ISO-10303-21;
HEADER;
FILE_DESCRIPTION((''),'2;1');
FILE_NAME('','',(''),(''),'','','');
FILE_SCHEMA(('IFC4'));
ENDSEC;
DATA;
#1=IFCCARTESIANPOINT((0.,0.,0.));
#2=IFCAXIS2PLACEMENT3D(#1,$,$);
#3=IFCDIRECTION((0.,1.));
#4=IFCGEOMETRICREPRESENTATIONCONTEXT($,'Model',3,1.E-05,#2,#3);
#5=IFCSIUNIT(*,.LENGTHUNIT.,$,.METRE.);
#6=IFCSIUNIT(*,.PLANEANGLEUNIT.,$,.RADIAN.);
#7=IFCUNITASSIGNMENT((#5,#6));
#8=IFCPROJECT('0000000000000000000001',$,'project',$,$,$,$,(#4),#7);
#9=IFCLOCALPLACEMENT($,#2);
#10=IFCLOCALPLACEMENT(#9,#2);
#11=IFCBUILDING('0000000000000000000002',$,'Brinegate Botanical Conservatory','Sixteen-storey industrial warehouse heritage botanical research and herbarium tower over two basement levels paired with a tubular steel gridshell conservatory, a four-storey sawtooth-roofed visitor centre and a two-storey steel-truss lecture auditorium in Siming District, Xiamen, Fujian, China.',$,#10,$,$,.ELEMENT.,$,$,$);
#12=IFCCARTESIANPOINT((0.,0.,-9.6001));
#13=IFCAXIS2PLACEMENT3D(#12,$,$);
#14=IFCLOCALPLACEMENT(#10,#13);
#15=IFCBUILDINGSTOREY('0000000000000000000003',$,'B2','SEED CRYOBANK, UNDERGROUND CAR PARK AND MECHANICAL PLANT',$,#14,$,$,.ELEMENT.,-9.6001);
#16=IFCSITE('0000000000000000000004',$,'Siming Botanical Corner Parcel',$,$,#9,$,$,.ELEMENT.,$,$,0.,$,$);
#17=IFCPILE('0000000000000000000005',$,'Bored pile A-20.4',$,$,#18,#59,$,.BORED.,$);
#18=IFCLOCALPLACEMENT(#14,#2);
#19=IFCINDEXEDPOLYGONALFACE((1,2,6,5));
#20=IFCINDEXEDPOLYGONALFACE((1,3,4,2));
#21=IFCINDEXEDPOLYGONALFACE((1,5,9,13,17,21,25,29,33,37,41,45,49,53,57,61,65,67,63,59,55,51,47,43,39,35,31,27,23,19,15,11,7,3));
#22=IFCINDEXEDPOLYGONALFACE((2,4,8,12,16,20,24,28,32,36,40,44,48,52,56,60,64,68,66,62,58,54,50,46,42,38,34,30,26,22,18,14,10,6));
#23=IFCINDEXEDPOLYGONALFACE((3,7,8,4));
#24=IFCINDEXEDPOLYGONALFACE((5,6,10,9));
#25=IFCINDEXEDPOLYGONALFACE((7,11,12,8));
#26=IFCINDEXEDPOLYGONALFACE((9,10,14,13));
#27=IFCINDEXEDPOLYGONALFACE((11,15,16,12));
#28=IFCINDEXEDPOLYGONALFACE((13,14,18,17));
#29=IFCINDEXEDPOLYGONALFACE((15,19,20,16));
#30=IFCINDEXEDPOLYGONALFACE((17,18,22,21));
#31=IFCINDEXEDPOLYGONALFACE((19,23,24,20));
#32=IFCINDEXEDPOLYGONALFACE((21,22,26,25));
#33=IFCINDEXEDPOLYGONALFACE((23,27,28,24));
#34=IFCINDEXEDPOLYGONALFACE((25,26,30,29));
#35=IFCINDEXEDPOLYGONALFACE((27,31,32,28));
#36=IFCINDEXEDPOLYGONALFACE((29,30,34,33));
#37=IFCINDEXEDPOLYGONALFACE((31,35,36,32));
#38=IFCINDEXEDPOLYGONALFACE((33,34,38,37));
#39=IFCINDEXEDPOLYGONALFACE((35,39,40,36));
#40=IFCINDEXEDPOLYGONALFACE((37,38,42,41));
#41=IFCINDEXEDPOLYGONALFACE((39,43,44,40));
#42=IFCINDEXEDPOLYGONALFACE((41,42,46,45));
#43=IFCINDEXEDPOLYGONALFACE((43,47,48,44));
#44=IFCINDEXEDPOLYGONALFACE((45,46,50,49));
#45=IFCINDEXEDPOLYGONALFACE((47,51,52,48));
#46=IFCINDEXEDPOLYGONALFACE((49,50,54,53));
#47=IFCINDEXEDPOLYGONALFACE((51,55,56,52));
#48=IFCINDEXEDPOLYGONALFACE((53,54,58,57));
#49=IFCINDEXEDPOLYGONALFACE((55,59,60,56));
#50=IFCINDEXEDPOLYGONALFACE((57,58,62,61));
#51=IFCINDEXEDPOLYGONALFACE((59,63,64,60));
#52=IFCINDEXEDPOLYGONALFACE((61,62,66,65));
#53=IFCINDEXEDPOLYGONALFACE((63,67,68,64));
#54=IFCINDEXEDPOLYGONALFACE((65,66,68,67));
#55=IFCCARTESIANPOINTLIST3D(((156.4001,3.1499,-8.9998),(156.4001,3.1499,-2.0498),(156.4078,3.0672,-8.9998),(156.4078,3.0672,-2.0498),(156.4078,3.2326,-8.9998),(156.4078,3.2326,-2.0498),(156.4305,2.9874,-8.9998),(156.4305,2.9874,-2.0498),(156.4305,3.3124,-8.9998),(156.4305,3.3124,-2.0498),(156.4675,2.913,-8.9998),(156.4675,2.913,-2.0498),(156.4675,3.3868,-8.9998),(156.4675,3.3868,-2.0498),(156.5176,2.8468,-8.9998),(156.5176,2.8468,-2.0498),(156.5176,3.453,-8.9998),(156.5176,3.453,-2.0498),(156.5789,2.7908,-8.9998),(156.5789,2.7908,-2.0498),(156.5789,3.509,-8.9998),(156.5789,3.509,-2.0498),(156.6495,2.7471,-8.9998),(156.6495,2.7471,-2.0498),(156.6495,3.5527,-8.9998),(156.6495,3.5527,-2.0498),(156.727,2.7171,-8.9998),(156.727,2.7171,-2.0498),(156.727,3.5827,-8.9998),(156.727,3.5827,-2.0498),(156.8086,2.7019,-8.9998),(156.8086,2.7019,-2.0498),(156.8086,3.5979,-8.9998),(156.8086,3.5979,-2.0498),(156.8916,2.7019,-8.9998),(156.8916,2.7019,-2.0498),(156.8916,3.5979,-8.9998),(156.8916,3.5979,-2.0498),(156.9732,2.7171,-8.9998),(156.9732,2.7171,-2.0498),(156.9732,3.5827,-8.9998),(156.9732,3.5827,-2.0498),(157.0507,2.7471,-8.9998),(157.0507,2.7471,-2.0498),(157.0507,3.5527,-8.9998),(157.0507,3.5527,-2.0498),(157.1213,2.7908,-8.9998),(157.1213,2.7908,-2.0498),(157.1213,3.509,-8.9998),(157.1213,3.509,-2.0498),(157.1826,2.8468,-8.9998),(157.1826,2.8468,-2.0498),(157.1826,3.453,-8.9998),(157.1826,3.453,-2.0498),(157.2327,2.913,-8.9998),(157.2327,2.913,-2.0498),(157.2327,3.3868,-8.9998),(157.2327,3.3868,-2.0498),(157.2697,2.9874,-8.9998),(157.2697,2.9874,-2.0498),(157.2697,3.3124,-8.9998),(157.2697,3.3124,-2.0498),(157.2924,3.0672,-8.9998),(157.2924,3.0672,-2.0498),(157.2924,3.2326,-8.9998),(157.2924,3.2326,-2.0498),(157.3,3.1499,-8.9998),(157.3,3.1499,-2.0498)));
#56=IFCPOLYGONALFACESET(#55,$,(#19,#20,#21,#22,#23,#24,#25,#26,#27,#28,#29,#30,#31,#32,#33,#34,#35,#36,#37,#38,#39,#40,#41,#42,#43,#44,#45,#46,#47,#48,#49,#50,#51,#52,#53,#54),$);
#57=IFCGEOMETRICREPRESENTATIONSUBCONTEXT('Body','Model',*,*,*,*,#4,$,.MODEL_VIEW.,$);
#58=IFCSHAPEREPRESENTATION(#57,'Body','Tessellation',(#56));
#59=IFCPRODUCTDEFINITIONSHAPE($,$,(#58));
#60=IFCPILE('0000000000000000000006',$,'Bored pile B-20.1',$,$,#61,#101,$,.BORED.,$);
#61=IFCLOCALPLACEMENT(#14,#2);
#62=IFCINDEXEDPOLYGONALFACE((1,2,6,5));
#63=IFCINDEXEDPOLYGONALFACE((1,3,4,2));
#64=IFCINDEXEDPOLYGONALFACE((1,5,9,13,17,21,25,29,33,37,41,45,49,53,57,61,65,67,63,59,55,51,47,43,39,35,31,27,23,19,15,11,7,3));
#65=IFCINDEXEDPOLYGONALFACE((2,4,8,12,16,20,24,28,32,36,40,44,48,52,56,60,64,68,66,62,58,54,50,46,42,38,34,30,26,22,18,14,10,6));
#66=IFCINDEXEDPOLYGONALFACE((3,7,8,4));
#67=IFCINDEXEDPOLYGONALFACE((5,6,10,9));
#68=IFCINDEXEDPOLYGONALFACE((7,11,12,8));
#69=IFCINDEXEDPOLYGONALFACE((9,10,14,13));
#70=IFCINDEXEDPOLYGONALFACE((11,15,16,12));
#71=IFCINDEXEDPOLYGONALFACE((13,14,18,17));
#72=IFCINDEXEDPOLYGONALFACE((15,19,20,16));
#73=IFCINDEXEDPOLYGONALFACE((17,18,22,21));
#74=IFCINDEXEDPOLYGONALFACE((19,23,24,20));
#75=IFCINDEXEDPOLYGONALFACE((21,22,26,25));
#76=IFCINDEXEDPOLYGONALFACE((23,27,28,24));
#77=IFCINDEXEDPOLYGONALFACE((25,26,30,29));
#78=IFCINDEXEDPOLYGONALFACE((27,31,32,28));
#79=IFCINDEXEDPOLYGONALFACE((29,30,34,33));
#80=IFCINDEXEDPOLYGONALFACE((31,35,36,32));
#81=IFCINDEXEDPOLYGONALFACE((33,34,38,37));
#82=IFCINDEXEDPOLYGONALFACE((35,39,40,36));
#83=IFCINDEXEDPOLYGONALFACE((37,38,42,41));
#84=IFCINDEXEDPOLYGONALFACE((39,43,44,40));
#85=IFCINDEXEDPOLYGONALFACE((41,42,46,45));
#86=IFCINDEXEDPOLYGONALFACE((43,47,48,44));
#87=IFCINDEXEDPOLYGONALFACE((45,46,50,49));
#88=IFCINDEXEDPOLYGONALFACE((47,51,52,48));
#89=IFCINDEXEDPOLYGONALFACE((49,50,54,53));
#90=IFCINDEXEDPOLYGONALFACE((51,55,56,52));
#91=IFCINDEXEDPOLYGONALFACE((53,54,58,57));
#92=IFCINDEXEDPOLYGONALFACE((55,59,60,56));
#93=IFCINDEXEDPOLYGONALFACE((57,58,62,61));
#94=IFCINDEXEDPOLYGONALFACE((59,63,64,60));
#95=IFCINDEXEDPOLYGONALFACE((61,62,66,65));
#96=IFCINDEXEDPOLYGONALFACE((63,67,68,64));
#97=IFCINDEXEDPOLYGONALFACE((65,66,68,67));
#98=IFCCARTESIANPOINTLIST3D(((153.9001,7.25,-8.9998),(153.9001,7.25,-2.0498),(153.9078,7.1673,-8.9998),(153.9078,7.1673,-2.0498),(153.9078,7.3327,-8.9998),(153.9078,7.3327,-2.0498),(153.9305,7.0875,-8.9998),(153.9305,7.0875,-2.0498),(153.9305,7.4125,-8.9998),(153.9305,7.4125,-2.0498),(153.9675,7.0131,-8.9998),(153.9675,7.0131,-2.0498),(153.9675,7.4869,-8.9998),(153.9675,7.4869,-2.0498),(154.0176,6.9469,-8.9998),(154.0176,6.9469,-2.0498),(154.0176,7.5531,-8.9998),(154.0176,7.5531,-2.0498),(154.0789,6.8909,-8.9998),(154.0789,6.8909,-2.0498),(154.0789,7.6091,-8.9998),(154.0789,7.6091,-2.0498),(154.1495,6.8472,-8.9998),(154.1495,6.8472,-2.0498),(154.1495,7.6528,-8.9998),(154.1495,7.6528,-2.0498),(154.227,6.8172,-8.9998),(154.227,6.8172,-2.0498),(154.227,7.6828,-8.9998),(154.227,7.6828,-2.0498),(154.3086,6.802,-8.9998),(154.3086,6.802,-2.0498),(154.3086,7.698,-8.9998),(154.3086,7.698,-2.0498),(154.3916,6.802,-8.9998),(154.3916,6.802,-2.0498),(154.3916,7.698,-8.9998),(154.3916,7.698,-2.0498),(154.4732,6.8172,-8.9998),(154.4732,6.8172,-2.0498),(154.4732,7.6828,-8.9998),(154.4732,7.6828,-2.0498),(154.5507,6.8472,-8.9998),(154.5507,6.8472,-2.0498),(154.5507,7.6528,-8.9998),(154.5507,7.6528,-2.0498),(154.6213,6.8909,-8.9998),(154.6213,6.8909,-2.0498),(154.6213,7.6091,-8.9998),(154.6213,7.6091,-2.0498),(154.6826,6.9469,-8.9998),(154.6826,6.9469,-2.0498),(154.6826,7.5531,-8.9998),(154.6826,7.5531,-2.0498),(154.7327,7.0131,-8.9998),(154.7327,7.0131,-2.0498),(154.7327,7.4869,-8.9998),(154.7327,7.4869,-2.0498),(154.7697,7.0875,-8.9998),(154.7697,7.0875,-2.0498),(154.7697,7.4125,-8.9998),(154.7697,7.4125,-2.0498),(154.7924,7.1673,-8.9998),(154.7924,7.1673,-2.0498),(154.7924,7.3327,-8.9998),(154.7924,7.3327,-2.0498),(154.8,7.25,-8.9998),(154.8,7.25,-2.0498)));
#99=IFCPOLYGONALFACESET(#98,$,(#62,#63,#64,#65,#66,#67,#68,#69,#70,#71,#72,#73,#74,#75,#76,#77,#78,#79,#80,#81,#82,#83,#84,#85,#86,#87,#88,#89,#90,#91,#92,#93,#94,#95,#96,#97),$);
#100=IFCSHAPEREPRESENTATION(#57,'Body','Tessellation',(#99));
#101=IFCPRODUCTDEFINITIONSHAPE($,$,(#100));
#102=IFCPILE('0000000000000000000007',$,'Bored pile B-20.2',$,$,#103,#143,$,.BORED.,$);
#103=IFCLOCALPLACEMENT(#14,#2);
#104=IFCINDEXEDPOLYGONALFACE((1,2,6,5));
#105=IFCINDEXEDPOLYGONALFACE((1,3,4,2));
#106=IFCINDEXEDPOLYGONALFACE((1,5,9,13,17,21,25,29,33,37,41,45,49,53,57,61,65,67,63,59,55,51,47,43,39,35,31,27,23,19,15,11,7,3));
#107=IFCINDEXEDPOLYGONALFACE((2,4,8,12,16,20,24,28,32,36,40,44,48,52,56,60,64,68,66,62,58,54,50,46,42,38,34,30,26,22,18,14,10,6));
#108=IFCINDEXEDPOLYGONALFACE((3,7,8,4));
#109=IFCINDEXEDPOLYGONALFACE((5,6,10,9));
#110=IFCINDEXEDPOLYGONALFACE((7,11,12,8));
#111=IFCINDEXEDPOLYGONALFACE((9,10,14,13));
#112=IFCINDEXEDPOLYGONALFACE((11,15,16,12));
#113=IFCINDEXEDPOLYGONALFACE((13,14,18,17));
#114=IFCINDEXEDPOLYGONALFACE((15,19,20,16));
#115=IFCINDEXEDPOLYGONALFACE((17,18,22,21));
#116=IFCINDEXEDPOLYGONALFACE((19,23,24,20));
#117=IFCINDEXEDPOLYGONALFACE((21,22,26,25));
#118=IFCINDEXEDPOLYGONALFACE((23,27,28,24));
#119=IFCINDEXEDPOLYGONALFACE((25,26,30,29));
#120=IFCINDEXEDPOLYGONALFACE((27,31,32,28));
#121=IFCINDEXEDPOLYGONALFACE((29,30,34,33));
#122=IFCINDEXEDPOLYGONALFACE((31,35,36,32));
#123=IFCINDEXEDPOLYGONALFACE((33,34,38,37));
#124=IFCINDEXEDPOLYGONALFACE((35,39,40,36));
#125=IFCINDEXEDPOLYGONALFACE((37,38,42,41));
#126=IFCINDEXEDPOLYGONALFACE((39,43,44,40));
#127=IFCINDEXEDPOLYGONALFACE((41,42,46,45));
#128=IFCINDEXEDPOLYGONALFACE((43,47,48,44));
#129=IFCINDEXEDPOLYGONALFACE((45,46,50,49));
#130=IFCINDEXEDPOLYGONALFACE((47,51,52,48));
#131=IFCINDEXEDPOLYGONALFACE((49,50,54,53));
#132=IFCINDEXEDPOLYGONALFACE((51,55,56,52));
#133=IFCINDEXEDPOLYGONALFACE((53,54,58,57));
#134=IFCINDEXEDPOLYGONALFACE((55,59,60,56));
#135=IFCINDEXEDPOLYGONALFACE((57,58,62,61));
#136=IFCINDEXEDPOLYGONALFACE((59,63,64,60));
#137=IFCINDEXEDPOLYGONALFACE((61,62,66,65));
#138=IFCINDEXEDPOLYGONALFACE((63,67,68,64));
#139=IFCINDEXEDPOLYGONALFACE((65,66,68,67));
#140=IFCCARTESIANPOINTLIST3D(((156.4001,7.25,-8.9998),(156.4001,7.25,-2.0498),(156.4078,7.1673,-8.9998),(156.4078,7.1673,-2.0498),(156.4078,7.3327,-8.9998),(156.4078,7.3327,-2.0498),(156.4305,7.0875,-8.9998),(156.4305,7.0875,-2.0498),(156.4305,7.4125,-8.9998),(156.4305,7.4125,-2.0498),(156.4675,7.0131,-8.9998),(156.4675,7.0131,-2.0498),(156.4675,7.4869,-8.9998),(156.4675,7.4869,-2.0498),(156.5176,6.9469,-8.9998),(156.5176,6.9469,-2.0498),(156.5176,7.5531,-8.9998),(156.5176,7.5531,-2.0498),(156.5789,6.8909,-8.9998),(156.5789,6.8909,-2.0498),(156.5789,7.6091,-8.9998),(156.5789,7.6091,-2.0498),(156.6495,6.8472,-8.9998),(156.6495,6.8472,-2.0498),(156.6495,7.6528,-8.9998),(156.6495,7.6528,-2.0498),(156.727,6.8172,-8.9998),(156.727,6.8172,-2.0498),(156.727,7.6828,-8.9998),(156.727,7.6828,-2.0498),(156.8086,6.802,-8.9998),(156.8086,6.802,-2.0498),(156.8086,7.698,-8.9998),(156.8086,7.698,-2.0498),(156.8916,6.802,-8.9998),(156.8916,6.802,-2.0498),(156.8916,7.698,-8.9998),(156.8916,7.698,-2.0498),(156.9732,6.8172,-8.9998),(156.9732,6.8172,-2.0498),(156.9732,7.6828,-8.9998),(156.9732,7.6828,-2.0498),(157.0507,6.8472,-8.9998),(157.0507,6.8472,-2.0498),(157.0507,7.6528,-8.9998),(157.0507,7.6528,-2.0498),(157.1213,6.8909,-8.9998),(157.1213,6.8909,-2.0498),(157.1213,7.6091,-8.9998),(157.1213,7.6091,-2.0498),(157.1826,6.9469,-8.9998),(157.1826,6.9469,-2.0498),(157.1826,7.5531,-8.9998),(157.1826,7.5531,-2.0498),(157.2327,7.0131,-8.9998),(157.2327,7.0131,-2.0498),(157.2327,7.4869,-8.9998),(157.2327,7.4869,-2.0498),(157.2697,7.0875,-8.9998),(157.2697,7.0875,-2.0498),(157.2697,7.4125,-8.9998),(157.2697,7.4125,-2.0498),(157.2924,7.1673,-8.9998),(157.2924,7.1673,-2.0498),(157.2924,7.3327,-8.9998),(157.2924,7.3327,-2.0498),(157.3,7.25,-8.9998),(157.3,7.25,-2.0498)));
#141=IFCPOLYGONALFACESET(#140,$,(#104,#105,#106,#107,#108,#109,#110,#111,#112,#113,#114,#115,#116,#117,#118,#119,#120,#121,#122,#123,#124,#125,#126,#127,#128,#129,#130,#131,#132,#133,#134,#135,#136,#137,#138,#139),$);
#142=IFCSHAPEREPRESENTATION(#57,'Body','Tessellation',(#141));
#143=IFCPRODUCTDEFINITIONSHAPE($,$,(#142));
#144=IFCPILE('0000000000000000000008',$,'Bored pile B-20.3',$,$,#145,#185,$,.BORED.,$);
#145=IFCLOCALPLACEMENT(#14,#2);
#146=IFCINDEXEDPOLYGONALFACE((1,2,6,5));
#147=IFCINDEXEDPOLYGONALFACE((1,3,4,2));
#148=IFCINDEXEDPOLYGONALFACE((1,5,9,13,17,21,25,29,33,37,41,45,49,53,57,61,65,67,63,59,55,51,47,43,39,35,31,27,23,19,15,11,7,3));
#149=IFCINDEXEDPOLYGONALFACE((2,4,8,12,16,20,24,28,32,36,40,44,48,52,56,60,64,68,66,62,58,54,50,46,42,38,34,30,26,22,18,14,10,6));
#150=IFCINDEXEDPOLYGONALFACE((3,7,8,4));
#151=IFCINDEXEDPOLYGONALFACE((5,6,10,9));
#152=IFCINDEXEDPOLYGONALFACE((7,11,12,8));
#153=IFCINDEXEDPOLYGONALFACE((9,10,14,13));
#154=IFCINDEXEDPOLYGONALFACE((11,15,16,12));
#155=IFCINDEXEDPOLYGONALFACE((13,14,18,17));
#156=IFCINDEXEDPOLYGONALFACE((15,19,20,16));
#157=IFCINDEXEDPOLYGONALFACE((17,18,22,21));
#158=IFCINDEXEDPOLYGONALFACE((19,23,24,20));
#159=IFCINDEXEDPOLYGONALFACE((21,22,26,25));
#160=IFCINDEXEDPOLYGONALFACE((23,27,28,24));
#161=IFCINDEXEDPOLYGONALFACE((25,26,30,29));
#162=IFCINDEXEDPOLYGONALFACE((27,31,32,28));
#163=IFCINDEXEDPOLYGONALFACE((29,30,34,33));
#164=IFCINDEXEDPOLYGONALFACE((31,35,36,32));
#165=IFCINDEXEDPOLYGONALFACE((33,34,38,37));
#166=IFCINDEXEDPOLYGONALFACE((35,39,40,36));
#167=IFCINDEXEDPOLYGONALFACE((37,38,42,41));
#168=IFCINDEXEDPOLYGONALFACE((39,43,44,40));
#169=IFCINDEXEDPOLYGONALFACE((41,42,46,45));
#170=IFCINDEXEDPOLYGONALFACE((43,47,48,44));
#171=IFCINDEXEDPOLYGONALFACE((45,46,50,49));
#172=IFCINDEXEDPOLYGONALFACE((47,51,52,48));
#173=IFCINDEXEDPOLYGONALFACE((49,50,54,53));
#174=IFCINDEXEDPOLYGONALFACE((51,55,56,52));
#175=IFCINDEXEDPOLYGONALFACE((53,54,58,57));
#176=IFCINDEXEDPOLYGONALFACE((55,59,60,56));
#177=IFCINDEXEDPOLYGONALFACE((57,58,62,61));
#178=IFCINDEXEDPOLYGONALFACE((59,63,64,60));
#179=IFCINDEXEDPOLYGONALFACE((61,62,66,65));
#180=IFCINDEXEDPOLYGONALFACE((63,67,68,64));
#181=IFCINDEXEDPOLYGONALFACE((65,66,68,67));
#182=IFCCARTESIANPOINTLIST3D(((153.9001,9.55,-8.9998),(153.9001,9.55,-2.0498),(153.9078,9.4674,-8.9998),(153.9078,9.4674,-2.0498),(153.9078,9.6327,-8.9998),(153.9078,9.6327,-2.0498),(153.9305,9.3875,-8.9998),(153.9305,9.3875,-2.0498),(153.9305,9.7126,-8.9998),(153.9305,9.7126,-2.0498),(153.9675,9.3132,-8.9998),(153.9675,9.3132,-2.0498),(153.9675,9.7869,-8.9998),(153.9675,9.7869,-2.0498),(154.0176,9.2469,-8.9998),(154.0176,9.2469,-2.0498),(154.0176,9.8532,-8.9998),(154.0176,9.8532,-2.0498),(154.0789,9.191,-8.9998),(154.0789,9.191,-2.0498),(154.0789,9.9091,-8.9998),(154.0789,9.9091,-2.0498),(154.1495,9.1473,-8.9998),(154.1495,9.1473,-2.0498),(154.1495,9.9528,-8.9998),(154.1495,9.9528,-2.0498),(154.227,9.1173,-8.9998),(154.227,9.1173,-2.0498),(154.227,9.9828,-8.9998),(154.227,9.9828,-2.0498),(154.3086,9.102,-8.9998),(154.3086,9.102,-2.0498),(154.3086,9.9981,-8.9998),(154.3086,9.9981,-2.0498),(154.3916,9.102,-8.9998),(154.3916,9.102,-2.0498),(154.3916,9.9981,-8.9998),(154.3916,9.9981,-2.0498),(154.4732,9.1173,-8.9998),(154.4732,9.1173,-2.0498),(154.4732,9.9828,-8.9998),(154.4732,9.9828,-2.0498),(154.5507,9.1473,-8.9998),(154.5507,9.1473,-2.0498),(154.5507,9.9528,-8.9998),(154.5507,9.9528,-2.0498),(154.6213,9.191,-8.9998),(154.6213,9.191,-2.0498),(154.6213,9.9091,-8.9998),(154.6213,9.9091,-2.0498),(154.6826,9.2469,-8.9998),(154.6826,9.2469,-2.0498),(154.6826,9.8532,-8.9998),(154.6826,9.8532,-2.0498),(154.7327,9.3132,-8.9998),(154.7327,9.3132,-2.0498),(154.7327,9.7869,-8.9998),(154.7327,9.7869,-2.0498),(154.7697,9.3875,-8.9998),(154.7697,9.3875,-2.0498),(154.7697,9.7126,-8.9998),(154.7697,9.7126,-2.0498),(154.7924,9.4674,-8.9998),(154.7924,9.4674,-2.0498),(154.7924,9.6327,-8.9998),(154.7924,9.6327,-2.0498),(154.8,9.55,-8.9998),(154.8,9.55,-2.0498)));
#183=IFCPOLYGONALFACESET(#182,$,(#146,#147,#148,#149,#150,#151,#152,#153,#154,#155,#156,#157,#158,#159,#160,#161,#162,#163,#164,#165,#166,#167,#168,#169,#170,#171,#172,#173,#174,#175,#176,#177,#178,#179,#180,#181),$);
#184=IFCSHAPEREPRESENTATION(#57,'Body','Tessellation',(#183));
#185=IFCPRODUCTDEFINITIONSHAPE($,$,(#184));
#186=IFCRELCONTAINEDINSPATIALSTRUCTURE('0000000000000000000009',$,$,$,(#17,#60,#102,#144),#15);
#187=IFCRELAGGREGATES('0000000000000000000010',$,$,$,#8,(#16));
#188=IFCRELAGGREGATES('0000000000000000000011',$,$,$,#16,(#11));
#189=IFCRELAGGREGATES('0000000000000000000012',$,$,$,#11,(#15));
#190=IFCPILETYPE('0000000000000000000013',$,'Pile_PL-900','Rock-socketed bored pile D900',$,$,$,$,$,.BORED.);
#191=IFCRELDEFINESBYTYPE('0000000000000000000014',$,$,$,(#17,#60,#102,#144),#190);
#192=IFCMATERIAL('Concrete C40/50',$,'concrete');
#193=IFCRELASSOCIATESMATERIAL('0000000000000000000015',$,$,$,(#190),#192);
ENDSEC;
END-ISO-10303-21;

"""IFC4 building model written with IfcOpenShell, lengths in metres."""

from ifc_helpers import new_model, si_unit, direction, frame, origin, origin_2d, place, context, subcontext, project, spatial, circle, extrude, material, material_profile, profile_set, type_object, element, save


model = new_model("IFC4")

# Units and contexts
model_context = context("Model", 3, precision=1e-05, world=origin(), true_north=direction((0.0, 1.0)))
body_context = subcontext(model_context, "Body", "Model", "MODEL_VIEW")
ifc_project = project(units=[si_unit("LENGTHUNIT", "METRE"), si_unit("PLANEANGLEUNIT", "RADIAN")], contexts=[model_context])

# Site, building, storey
site_placement = place(None, origin())
site = spatial("IfcSite", under=ifc_project, at=site_placement, Name="Siming Botanical Corner Parcel", CompositionType="ELEMENT", RefElevation=0.0)
building_placement = place(site_placement, origin())
building = spatial("IfcBuilding", under=site, at=building_placement, Name="Brinegate Botanical Conservatory", Description="Sixteen-storey industrial warehouse heritage botanical research and herbarium tower over two basement levels paired with a tubular steel gridshell conservatory, a four-storey sawtooth-roofed visitor centre and a two-storey steel-truss lecture auditorium in Siming District, Xiamen, Fujian, China.", CompositionType="ELEMENT")
storey_placement = place(building_placement, frame((0.0, 0.0, -9.6001)))
storey = spatial("IfcBuildingStorey", under=building, at=storey_placement, Name="B2", Description="SEED CRYOBANK, UNDERGROUND CAR PARK AND MECHANICAL PLANT", CompositionType="ELEMENT", Elevation=-9.6001)

# Shared definitions
ifc_material_1 = material(Name="Concrete C40/50", Category="concrete")

# Piles
ifc_material_profile_1 = material_profile(ifc_material_1, circle(Radius=0.45, at=origin_2d()), Name="PILE D900")
ifc_profile_set_1 = profile_set([ifc_material_profile_1], Name="Concrete C40/50")
pile_type = type_object("IfcPileType", Name="Pile_PL-900", Description="Rock-socketed bored pile D900", PredefinedType="BORED", material=ifc_profile_set_1)
for number, where, z_axis, x_axis, name in (
    (1, (156.8501, 3.1499, -2.0498), (0.0, 0.0, -1.0), (1.0, 0.0, 0.0), "Bored pile A-20.4"),
    (2, (154.3501, 7.25, -2.0498), (0.0, 0.0, -1.0), (1.0, 0.0, 0.0), "Bored pile B-20.1"),
    (3, (156.8501, 7.25, -2.0498), (0.0, 0.0, -1.0), (1.0, 0.0, 0.0), "Bored pile B-20.2"),
    (4, (154.3501, 9.55, -2.0498), (0.0, 0.0, -1.0), (1.0, 0.0, 0.0), "Bored pile B-20.3"),
):
    element("IfcPile", number, at=place(storey_placement, frame(where, z_axis=z_axis, x_axis=x_axis)), inside=storey, type_object=pile_type, Name=name, PredefinedType="BORED", context=body_context, shape_type="SweptSolid", body=[
        extrude(circle(Radius=0.45, at=origin_2d()), origin(), (0.0, 0.0, 1.0), 6.95),
    ])

save(model, "model.ifc")
